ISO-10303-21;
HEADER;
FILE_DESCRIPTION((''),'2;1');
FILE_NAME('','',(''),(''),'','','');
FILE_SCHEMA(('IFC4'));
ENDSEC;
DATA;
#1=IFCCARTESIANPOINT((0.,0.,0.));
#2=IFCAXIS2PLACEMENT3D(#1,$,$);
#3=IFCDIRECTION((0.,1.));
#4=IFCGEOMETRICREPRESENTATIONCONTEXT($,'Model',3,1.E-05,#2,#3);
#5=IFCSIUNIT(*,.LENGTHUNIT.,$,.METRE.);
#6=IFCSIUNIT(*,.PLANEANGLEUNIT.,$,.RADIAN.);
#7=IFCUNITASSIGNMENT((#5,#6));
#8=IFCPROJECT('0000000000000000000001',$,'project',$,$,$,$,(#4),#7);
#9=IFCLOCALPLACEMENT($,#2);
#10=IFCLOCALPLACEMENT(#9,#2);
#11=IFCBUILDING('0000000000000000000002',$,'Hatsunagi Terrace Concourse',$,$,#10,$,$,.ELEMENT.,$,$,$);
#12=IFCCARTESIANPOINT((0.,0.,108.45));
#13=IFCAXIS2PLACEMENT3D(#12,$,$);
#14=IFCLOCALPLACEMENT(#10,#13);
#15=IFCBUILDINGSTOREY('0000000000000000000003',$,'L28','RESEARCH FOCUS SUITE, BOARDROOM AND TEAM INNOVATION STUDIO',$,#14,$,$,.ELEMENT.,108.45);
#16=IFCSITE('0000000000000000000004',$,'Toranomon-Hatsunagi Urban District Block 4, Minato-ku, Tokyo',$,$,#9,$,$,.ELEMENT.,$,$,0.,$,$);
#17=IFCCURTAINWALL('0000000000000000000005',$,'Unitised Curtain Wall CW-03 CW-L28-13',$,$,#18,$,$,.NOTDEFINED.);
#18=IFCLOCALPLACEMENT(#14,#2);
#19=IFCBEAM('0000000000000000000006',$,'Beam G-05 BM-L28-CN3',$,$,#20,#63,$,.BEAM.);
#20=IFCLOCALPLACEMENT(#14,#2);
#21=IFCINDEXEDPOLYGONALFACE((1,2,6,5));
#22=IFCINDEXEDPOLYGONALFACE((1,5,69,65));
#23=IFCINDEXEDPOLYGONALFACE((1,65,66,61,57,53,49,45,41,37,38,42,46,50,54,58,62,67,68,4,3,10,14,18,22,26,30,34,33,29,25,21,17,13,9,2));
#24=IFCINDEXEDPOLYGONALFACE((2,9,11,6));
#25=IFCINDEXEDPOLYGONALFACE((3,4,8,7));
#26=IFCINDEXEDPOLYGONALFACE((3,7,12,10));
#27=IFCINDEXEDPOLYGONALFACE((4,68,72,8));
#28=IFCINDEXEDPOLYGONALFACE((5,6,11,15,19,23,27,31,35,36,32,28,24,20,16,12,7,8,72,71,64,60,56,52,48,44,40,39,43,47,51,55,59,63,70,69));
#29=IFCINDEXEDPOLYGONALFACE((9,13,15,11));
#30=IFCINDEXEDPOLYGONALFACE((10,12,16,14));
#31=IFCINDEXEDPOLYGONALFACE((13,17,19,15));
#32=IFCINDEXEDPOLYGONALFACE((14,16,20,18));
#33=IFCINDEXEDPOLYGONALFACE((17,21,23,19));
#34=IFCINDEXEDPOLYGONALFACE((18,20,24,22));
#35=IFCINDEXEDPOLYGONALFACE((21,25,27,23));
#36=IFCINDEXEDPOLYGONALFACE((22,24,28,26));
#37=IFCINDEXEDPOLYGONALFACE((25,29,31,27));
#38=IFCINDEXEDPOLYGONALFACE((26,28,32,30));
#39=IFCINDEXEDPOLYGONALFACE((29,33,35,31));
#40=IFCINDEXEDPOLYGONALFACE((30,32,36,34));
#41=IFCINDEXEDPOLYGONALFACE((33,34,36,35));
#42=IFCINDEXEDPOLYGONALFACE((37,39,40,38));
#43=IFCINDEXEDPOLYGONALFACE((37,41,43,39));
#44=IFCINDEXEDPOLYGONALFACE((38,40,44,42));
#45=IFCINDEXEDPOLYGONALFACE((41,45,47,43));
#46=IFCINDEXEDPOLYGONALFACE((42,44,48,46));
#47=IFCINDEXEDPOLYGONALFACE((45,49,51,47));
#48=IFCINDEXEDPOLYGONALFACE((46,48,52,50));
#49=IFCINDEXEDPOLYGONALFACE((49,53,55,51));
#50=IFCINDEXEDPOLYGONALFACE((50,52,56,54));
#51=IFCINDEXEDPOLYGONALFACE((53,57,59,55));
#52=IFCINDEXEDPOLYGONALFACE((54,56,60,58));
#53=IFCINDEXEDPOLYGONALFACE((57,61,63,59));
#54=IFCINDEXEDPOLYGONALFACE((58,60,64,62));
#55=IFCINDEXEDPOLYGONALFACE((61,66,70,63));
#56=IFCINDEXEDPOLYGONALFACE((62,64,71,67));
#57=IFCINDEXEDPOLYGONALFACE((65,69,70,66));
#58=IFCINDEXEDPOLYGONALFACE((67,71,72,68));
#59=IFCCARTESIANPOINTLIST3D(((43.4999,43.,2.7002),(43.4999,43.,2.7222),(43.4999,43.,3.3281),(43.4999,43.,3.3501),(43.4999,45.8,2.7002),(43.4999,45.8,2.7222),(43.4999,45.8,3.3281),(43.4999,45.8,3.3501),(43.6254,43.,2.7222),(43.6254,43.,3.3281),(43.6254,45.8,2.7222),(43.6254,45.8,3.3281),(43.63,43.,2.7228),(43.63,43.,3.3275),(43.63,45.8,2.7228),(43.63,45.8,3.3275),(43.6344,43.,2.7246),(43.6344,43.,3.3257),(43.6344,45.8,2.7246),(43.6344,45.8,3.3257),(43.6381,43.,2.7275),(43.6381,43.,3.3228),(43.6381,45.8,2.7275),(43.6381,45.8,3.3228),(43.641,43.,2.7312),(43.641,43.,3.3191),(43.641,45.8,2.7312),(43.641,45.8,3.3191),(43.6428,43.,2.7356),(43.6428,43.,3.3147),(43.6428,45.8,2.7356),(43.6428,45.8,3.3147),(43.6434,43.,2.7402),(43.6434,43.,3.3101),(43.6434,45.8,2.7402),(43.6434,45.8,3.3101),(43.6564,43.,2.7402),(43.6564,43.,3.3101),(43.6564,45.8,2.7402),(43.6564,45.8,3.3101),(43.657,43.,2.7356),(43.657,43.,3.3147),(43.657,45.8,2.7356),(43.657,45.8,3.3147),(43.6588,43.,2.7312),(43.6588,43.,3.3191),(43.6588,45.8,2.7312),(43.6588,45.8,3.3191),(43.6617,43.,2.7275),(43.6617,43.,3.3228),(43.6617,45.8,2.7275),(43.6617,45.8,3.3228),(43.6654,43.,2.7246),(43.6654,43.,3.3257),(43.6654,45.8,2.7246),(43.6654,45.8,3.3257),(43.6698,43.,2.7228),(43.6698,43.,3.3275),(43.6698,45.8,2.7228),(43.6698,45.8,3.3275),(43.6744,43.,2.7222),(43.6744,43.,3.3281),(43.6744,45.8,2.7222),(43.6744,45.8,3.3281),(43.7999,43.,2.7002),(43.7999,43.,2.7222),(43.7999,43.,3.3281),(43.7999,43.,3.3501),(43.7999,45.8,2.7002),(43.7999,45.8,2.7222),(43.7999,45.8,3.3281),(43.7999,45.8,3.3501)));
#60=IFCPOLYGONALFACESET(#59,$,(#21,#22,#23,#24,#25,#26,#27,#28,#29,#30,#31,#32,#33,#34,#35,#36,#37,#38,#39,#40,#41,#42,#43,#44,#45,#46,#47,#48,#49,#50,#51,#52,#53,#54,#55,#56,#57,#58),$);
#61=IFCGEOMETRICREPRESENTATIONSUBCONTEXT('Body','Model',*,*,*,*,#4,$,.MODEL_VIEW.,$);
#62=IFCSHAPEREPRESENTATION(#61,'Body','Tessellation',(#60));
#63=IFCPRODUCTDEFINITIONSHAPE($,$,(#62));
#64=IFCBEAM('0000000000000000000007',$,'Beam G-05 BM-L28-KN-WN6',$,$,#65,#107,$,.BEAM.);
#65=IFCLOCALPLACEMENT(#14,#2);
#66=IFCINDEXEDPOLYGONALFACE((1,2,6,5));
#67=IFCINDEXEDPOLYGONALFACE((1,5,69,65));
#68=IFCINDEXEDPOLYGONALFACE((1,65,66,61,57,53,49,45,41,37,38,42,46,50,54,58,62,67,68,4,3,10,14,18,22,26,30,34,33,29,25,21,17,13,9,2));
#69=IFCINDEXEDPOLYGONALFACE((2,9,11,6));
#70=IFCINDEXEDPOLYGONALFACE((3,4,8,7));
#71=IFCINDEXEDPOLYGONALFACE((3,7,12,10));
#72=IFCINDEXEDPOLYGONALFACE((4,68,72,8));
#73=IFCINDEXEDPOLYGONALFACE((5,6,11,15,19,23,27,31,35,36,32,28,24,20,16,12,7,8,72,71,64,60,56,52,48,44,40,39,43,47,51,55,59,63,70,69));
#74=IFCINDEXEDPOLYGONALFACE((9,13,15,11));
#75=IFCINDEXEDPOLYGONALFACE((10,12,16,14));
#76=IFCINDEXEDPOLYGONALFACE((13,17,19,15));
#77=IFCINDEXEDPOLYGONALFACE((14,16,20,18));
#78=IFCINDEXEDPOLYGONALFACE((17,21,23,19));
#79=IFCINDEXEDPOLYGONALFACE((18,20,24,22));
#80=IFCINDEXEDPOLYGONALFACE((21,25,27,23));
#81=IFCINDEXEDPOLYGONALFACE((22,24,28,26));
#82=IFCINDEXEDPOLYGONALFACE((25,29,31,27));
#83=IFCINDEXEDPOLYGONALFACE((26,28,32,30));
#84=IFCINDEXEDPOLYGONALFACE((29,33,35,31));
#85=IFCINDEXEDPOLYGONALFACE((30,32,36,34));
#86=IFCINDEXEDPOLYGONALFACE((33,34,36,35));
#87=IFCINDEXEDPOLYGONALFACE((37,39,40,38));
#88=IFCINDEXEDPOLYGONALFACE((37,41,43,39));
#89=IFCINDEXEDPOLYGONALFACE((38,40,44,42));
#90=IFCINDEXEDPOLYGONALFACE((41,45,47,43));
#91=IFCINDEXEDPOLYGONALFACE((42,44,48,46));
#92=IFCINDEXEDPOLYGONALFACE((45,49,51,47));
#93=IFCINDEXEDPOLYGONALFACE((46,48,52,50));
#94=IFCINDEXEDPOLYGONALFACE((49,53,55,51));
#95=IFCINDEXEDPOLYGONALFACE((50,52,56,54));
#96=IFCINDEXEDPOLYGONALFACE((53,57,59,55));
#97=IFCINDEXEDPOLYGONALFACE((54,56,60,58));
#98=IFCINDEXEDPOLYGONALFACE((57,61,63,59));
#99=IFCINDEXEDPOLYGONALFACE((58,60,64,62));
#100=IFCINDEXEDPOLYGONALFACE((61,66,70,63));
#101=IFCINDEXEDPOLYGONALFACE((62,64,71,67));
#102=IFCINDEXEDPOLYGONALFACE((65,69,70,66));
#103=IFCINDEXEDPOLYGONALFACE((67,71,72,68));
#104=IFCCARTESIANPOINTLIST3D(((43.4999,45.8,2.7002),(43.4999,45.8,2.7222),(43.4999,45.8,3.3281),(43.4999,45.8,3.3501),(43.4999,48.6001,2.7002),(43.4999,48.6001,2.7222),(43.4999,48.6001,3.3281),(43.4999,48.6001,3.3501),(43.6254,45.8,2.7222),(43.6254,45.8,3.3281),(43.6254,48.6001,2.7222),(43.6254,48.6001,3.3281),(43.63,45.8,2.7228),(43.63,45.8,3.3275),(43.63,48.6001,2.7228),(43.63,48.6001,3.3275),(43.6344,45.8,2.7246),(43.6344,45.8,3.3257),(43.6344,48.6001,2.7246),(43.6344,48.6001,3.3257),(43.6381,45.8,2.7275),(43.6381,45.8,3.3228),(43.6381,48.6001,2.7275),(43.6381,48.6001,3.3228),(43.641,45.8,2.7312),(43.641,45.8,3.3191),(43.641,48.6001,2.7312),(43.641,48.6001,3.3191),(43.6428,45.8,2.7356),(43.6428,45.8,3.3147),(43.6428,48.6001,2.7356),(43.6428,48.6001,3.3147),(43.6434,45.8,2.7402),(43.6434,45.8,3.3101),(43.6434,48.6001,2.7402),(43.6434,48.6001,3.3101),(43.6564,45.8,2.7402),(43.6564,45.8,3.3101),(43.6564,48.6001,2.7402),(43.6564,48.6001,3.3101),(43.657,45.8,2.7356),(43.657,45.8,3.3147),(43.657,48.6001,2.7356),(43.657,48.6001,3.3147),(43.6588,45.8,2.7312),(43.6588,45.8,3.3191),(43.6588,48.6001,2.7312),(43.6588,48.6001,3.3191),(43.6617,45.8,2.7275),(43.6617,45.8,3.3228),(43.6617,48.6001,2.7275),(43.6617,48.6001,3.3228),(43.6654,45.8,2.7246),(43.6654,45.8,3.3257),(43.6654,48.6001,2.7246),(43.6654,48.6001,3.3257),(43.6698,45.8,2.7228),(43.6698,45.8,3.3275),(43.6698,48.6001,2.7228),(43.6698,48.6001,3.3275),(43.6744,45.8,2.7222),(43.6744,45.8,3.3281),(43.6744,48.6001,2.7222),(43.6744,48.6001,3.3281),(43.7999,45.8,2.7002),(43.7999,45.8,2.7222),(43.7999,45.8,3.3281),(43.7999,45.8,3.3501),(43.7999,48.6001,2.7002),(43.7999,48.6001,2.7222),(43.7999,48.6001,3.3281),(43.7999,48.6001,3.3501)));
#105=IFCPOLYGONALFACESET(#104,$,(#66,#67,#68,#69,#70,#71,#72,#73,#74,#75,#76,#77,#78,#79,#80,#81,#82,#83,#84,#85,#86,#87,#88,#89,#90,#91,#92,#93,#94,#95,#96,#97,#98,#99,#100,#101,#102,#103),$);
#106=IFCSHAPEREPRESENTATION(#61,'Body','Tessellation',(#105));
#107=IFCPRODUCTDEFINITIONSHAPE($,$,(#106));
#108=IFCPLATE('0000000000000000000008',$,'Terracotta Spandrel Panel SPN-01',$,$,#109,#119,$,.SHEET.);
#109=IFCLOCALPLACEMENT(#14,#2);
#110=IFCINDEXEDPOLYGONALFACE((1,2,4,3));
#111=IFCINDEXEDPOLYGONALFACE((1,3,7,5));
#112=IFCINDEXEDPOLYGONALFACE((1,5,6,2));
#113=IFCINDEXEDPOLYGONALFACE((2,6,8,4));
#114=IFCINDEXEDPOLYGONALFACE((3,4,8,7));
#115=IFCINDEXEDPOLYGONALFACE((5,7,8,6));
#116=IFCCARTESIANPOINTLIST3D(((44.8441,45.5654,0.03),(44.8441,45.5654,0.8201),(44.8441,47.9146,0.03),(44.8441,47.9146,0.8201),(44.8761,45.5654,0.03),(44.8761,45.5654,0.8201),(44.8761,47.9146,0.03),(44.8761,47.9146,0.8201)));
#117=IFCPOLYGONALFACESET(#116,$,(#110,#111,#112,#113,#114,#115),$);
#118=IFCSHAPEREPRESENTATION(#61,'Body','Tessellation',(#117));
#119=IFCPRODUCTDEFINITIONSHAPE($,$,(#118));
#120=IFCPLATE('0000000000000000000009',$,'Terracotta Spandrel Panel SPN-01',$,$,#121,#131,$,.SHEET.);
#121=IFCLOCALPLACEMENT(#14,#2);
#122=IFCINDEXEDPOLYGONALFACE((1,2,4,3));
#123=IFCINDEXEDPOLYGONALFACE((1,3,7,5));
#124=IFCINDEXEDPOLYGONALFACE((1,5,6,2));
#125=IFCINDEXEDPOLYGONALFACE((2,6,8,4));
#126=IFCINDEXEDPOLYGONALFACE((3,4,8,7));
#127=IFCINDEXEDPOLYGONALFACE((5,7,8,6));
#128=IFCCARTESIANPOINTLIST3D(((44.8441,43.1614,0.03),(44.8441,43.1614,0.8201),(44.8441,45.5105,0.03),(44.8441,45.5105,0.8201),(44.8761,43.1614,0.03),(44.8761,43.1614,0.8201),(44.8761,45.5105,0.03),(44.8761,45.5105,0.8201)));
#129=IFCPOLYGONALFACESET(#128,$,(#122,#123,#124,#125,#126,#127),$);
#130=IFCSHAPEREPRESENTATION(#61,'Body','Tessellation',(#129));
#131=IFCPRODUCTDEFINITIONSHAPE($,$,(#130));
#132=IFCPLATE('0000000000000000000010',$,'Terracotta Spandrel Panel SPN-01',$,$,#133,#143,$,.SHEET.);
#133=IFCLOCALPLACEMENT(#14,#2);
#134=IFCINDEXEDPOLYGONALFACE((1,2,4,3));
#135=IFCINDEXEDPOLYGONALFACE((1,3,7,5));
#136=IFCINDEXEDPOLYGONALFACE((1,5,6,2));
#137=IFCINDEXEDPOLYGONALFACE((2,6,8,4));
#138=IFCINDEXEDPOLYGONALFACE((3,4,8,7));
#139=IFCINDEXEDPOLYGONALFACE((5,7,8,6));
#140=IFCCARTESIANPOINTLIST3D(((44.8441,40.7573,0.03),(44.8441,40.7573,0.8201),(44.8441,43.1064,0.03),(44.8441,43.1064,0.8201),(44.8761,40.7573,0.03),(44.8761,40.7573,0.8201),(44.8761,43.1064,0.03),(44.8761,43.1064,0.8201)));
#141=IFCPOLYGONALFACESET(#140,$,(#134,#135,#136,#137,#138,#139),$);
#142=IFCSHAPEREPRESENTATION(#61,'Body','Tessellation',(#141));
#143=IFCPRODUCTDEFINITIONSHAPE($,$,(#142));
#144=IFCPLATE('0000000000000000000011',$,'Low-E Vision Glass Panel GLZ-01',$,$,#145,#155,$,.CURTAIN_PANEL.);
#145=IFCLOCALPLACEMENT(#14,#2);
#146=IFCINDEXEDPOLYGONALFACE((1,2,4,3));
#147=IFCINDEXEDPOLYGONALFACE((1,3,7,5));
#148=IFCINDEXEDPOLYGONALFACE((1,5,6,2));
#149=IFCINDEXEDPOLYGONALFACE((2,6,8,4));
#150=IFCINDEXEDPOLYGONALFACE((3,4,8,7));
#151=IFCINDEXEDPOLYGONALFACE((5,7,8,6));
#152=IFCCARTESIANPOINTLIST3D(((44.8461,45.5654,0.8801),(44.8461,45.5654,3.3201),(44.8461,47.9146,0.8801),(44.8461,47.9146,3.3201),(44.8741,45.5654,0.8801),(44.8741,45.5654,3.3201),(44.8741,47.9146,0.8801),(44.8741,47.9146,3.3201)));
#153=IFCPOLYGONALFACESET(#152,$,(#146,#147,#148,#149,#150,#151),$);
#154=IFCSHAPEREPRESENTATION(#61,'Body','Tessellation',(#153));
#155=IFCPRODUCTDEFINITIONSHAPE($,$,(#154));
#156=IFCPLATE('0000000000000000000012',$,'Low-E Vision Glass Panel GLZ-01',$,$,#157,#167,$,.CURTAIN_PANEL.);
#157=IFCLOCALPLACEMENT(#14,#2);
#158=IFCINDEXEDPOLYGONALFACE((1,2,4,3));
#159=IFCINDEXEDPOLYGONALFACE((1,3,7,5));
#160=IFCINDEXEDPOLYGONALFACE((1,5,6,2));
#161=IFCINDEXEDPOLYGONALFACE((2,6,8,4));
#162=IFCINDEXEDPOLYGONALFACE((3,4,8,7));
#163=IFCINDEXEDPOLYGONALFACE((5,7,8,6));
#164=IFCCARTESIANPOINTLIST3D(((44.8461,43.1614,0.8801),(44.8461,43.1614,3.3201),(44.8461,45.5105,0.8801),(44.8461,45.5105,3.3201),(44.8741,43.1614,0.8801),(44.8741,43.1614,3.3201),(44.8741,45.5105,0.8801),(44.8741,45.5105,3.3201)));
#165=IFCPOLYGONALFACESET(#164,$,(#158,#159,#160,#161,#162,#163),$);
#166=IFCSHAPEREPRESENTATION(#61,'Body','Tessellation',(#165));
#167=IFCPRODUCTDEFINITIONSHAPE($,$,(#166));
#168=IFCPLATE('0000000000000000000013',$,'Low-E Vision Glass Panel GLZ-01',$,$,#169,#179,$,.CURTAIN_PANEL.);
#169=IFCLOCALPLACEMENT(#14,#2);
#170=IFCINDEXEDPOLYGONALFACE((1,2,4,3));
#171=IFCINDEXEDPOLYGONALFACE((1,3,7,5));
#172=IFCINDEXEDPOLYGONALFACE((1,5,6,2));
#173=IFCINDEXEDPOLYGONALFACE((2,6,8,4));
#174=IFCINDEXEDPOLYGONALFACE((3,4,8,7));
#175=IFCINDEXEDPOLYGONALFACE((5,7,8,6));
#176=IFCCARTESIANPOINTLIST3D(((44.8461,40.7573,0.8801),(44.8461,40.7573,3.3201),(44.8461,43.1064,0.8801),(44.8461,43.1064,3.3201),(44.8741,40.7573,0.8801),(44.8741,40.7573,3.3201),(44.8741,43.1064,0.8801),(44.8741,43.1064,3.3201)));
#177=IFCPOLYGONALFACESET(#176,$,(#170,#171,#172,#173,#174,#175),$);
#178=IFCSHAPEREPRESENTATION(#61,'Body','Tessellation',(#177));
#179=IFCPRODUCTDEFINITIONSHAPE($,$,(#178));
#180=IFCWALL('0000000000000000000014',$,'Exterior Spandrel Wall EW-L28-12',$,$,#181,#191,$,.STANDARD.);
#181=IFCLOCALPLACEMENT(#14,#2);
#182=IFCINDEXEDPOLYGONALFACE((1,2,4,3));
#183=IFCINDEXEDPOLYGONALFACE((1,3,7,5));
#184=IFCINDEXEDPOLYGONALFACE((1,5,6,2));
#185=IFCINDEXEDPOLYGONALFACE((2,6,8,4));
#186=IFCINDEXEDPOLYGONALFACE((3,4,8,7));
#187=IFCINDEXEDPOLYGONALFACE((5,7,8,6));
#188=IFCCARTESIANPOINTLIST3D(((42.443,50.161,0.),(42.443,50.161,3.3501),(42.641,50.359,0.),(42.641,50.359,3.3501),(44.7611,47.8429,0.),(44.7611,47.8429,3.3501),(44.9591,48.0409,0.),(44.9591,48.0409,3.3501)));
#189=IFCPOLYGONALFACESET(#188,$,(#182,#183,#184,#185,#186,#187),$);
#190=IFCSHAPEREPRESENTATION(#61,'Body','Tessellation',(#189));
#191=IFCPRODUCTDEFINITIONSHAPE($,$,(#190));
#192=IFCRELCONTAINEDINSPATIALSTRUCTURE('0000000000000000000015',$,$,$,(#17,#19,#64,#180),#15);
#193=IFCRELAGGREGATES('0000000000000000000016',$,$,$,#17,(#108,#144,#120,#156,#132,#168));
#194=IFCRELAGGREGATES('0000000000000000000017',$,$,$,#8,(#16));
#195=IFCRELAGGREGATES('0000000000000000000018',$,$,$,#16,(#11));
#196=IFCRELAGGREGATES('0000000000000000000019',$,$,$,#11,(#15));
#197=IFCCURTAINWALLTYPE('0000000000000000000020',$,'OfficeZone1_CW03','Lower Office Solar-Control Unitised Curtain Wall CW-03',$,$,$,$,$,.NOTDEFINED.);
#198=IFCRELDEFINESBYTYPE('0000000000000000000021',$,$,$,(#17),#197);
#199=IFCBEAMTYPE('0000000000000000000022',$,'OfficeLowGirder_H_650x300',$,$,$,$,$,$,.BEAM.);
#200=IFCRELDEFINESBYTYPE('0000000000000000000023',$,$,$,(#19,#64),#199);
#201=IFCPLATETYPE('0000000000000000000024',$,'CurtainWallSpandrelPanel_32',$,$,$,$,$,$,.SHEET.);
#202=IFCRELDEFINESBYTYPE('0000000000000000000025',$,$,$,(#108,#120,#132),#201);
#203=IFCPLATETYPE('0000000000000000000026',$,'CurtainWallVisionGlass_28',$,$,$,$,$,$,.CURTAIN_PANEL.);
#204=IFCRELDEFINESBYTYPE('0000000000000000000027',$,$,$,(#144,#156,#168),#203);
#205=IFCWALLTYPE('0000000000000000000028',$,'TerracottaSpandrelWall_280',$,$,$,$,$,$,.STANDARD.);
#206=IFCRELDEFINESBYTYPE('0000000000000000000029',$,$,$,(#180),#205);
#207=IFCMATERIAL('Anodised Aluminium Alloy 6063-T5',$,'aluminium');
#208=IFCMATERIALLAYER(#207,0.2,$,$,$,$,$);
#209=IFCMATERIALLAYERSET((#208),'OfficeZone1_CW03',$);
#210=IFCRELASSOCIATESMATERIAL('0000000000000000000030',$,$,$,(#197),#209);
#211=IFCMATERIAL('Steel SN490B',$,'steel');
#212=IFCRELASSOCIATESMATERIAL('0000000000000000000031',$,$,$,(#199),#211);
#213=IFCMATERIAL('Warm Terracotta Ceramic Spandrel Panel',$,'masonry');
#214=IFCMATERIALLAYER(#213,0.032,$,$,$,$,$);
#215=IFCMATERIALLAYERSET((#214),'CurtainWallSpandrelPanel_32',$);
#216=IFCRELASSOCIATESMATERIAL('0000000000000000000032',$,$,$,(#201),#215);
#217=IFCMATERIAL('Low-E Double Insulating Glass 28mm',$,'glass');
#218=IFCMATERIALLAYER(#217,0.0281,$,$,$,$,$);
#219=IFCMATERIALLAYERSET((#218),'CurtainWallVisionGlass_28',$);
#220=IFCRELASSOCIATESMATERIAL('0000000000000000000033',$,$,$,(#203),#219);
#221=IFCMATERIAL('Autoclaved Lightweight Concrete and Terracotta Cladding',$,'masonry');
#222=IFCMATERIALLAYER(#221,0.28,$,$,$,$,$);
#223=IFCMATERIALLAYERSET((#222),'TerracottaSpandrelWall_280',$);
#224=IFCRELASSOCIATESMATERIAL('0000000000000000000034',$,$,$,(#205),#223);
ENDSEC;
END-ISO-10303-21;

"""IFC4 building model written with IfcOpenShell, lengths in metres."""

from ifc_helpers import new_model, si_unit, direction, frame, frame_2d, origin, origin_2d, place, context, subcontext, project, spatial, rectangle, i_section, extrude, material, layer, layer_set, material_profile, profile_set, type_object, element, aggregate, save


model = new_model("IFC4")

# Units and contexts
model_context = context("Model", 3, precision=1e-05, world=origin(), true_north=direction((0.0, 1.0)))
body_context = subcontext(model_context, "Body", "Model", "MODEL_VIEW")
ifc_project = project(units=[si_unit("LENGTHUNIT", "METRE"), si_unit("PLANEANGLEUNIT", "RADIAN")], contexts=[model_context])

# Site, building, storey
site_placement = place(None, origin())
site = spatial("IfcSite", under=ifc_project, at=site_placement, Name="Toranomon-Hatsunagi Urban District Block 4, Minato-ku, Tokyo", CompositionType="ELEMENT", RefElevation=0.0)
building_placement = place(site_placement, origin())
building = spatial("IfcBuilding", under=site, at=building_placement, Name="Hatsunagi Terrace Concourse", CompositionType="ELEMENT")
storey_placement = place(building_placement, frame((0.0, 0.0, 108.45)))
storey = spatial("IfcBuildingStorey", under=building, at=storey_placement, Name="L28", Description="RESEARCH FOCUS SUITE, BOARDROOM AND TEAM INNOVATION STUDIO", CompositionType="ELEMENT", Elevation=108.45)

# Curtain wall
ifc_material_1 = material(Name="Anodised Aluminium Alloy 6063-T5", Category="aluminium")
ifc_layer_1 = layer(ifc_material_1, 0.2)
ifc_layer_set_1 = layer_set([ifc_layer_1], Name="OfficeZone1_CW03")
curtain_wall_type = type_object("IfcCurtainWallType", Name="OfficeZone1_CW03", Description="Lower Office Solar-Control Unitised Curtain Wall CW-03", PredefinedType="NOTDEFINED", material=ifc_layer_set_1)
curtain_wall_placement = place(storey_placement, origin())
curtain_wall = element("IfcCurtainWall", 1, at=curtain_wall_placement, inside=storey, type_object=curtain_wall_type, Name="Unitised Curtain Wall CW-03 CW-L28-13", PredefinedType="NOTDEFINED")

# Beams
ifc_material_2 = material(Name="Steel SN490B", Category="steel")
ifc_material_profile_1 = material_profile(ifc_material_2, i_section(OverallWidth=0.3, OverallDepth=0.6499, WebThickness=0.0129, FlangeThickness=0.022, FilletRadius=0.0181, at=origin_2d()), Name="H-650x300x13x22")
ifc_profile_set_1 = profile_set([ifc_material_profile_1], Name="Steel SN490B")
beam_type = type_object("IfcBeamType", Name="OfficeLowGirder_H_650x300", PredefinedType="BEAM", material=ifc_profile_set_1)
for number, where, z_axis, x_axis, name in (
    (2, (43.6499, 43.0, 3.0251), (0.0, 1.0, 0.0), (-1.0, 0.0, 0.0), "Beam G-05 BM-L28-CN3"),
    (3, (43.6499, 45.8, 3.0251), (0.0, 1.0, 0.0), (-1.0, 0.0, 0.0), "Beam G-05 BM-L28-KN-WN6"),
):
    element("IfcBeam", number, at=place(storey_placement, frame(where, z_axis=z_axis, x_axis=x_axis)), inside=storey, type_object=beam_type, Name=name, PredefinedType="BEAM", context=body_context, shape_type="SweptSolid", body=[
        extrude(i_section(OverallWidth=0.3, OverallDepth=0.6499, WebThickness=0.0129, FlangeThickness=0.022, FilletRadius=0.0181, at=origin_2d()), origin(), (0.0, 0.0, 1.0), 2.8),
    ])

# Plates
ifc_material_3 = material(Name="Warm Terracotta Ceramic Spandrel Panel", Category="masonry")
ifc_layer_2 = layer(ifc_material_3, 0.032)
ifc_layer_set_2 = layer_set([ifc_layer_2], Name="CurtainWallSpandrelPanel_32")
plate_type_1 = type_object("IfcPlateType", Name="CurtainWallSpandrelPanel_32", PredefinedType="SHEET", material=ifc_layer_set_2)
plate_1_placement = place(storey_placement, frame((44.8601, 46.74, 0.03), z_axis=(0.0, 0.0, 1.0), x_axis=(0.0, -1.0, 0.0)))
plate_1 = element("IfcPlate", 4, at=plate_1_placement, type_object=plate_type_1, Name="Terracotta Spandrel Panel SPN-01", PredefinedType="SHEET", context=body_context, shape_type="SweptSolid", body=[
    extrude(rectangle(XDim=2.3491, YDim=0.032, at=origin_2d()), origin(), (0.0, 0.0, 1.0), 0.79),
])
plate_2_placement = place(storey_placement, frame((44.8601, 44.3359, 0.03), z_axis=(0.0, 0.0, 1.0), x_axis=(0.0, -1.0, 0.0)))
plate_2 = element("IfcPlate", 5, at=plate_2_placement, type_object=plate_type_1, Name="Terracotta Spandrel Panel SPN-01", PredefinedType="SHEET", context=body_context, shape_type="SweptSolid", body=[
    extrude(rectangle(XDim=2.3491, YDim=0.032, at=origin_2d()), origin(), (0.0, 0.0, 1.0), 0.79),
])
plate_3_placement = place(storey_placement, frame((44.8601, 41.9319, 0.03), z_axis=(0.0, 0.0, 1.0), x_axis=(0.0, -1.0, 0.0)))
plate_3 = element("IfcPlate", 6, at=plate_3_placement, type_object=plate_type_1, Name="Terracotta Spandrel Panel SPN-01", PredefinedType="SHEET", context=body_context, shape_type="SweptSolid", body=[
    extrude(rectangle(XDim=2.3491, YDim=0.032, at=origin_2d()), origin(), (0.0, 0.0, 1.0), 0.79),
])
ifc_material_4 = material(Name="Low-E Double Insulating Glass 28mm", Category="glass")
ifc_layer_3 = layer(ifc_material_4, 0.0281)
ifc_layer_set_3 = layer_set([ifc_layer_3], Name="CurtainWallVisionGlass_28")
plate_type_2 = type_object("IfcPlateType", Name="CurtainWallVisionGlass_28", PredefinedType="CURTAIN_PANEL", material=ifc_layer_set_3)
plate_4_placement = place(storey_placement, frame((44.8601, 46.74, 0.8801), z_axis=(0.0, 0.0, 1.0), x_axis=(0.0, -1.0, 0.0)))
plate_4 = element("IfcPlate", 7, at=plate_4_placement, type_object=plate_type_2, Name="Low-E Vision Glass Panel GLZ-01", PredefinedType="CURTAIN_PANEL", context=body_context, shape_type="SweptSolid", body=[
    extrude(rectangle(XDim=2.3491, YDim=0.0281, at=origin_2d()), origin(), (0.0, 0.0, 1.0), 2.4399),
])
plate_5_placement = place(storey_placement, frame((44.8601, 44.3359, 0.8801), z_axis=(0.0, 0.0, 1.0), x_axis=(0.0, -1.0, 0.0)))
plate_5 = element("IfcPlate", 8, at=plate_5_placement, type_object=plate_type_2, Name="Low-E Vision Glass Panel GLZ-01", PredefinedType="CURTAIN_PANEL", context=body_context, shape_type="SweptSolid", body=[
    extrude(rectangle(XDim=2.3491, YDim=0.0281, at=origin_2d()), origin(), (0.0, 0.0, 1.0), 2.4399),
])
plate_6_placement = place(storey_placement, frame((44.8601, 41.9319, 0.8801), z_axis=(0.0, 0.0, 1.0), x_axis=(0.0, -1.0, 0.0)))
plate_6 = element("IfcPlate", 9, at=plate_6_placement, type_object=plate_type_2, Name="Low-E Vision Glass Panel GLZ-01", PredefinedType="CURTAIN_PANEL", context=body_context, shape_type="SweptSolid", body=[
    extrude(rectangle(XDim=2.3491, YDim=0.0281, at=origin_2d()), origin(), (0.0, 0.0, 1.0), 2.4399),
])
aggregate(curtain_wall, [plate_1, plate_4, plate_2, plate_5, plate_3, plate_6])

# Wall
ifc_material_5 = material(Name="Autoclaved Lightweight Concrete and Terracotta Cladding", Category="masonry")
ifc_layer_4 = layer(ifc_material_5, 0.28)
ifc_layer_set_4 = layer_set([ifc_layer_4], Name="TerracottaSpandrelWall_280")
wall_type = type_object("IfcWallType", Name="TerracottaSpandrelWall_280", PredefinedType="STANDARD", material=ifc_layer_set_4)
wall_placement = place(storey_placement, frame((42.542, 50.26, 0.0), z_axis=(0.0, 0.0, 1.0), x_axis=(0.707107, -0.707107, 0.0)))
element("IfcWall", 10, at=wall_placement, inside=storey, type_object=wall_type, Name="Exterior Spandrel Wall EW-L28-12", PredefinedType="STANDARD", context=body_context, shape_type="SweptSolid", body=[
    extrude(rectangle(XDim=3.2783, YDim=0.28, at=frame_2d((1.6392, 0.0))), origin(), (0.0, 0.0, 1.0), 3.3501),
])

save(model, "model.ifc")
